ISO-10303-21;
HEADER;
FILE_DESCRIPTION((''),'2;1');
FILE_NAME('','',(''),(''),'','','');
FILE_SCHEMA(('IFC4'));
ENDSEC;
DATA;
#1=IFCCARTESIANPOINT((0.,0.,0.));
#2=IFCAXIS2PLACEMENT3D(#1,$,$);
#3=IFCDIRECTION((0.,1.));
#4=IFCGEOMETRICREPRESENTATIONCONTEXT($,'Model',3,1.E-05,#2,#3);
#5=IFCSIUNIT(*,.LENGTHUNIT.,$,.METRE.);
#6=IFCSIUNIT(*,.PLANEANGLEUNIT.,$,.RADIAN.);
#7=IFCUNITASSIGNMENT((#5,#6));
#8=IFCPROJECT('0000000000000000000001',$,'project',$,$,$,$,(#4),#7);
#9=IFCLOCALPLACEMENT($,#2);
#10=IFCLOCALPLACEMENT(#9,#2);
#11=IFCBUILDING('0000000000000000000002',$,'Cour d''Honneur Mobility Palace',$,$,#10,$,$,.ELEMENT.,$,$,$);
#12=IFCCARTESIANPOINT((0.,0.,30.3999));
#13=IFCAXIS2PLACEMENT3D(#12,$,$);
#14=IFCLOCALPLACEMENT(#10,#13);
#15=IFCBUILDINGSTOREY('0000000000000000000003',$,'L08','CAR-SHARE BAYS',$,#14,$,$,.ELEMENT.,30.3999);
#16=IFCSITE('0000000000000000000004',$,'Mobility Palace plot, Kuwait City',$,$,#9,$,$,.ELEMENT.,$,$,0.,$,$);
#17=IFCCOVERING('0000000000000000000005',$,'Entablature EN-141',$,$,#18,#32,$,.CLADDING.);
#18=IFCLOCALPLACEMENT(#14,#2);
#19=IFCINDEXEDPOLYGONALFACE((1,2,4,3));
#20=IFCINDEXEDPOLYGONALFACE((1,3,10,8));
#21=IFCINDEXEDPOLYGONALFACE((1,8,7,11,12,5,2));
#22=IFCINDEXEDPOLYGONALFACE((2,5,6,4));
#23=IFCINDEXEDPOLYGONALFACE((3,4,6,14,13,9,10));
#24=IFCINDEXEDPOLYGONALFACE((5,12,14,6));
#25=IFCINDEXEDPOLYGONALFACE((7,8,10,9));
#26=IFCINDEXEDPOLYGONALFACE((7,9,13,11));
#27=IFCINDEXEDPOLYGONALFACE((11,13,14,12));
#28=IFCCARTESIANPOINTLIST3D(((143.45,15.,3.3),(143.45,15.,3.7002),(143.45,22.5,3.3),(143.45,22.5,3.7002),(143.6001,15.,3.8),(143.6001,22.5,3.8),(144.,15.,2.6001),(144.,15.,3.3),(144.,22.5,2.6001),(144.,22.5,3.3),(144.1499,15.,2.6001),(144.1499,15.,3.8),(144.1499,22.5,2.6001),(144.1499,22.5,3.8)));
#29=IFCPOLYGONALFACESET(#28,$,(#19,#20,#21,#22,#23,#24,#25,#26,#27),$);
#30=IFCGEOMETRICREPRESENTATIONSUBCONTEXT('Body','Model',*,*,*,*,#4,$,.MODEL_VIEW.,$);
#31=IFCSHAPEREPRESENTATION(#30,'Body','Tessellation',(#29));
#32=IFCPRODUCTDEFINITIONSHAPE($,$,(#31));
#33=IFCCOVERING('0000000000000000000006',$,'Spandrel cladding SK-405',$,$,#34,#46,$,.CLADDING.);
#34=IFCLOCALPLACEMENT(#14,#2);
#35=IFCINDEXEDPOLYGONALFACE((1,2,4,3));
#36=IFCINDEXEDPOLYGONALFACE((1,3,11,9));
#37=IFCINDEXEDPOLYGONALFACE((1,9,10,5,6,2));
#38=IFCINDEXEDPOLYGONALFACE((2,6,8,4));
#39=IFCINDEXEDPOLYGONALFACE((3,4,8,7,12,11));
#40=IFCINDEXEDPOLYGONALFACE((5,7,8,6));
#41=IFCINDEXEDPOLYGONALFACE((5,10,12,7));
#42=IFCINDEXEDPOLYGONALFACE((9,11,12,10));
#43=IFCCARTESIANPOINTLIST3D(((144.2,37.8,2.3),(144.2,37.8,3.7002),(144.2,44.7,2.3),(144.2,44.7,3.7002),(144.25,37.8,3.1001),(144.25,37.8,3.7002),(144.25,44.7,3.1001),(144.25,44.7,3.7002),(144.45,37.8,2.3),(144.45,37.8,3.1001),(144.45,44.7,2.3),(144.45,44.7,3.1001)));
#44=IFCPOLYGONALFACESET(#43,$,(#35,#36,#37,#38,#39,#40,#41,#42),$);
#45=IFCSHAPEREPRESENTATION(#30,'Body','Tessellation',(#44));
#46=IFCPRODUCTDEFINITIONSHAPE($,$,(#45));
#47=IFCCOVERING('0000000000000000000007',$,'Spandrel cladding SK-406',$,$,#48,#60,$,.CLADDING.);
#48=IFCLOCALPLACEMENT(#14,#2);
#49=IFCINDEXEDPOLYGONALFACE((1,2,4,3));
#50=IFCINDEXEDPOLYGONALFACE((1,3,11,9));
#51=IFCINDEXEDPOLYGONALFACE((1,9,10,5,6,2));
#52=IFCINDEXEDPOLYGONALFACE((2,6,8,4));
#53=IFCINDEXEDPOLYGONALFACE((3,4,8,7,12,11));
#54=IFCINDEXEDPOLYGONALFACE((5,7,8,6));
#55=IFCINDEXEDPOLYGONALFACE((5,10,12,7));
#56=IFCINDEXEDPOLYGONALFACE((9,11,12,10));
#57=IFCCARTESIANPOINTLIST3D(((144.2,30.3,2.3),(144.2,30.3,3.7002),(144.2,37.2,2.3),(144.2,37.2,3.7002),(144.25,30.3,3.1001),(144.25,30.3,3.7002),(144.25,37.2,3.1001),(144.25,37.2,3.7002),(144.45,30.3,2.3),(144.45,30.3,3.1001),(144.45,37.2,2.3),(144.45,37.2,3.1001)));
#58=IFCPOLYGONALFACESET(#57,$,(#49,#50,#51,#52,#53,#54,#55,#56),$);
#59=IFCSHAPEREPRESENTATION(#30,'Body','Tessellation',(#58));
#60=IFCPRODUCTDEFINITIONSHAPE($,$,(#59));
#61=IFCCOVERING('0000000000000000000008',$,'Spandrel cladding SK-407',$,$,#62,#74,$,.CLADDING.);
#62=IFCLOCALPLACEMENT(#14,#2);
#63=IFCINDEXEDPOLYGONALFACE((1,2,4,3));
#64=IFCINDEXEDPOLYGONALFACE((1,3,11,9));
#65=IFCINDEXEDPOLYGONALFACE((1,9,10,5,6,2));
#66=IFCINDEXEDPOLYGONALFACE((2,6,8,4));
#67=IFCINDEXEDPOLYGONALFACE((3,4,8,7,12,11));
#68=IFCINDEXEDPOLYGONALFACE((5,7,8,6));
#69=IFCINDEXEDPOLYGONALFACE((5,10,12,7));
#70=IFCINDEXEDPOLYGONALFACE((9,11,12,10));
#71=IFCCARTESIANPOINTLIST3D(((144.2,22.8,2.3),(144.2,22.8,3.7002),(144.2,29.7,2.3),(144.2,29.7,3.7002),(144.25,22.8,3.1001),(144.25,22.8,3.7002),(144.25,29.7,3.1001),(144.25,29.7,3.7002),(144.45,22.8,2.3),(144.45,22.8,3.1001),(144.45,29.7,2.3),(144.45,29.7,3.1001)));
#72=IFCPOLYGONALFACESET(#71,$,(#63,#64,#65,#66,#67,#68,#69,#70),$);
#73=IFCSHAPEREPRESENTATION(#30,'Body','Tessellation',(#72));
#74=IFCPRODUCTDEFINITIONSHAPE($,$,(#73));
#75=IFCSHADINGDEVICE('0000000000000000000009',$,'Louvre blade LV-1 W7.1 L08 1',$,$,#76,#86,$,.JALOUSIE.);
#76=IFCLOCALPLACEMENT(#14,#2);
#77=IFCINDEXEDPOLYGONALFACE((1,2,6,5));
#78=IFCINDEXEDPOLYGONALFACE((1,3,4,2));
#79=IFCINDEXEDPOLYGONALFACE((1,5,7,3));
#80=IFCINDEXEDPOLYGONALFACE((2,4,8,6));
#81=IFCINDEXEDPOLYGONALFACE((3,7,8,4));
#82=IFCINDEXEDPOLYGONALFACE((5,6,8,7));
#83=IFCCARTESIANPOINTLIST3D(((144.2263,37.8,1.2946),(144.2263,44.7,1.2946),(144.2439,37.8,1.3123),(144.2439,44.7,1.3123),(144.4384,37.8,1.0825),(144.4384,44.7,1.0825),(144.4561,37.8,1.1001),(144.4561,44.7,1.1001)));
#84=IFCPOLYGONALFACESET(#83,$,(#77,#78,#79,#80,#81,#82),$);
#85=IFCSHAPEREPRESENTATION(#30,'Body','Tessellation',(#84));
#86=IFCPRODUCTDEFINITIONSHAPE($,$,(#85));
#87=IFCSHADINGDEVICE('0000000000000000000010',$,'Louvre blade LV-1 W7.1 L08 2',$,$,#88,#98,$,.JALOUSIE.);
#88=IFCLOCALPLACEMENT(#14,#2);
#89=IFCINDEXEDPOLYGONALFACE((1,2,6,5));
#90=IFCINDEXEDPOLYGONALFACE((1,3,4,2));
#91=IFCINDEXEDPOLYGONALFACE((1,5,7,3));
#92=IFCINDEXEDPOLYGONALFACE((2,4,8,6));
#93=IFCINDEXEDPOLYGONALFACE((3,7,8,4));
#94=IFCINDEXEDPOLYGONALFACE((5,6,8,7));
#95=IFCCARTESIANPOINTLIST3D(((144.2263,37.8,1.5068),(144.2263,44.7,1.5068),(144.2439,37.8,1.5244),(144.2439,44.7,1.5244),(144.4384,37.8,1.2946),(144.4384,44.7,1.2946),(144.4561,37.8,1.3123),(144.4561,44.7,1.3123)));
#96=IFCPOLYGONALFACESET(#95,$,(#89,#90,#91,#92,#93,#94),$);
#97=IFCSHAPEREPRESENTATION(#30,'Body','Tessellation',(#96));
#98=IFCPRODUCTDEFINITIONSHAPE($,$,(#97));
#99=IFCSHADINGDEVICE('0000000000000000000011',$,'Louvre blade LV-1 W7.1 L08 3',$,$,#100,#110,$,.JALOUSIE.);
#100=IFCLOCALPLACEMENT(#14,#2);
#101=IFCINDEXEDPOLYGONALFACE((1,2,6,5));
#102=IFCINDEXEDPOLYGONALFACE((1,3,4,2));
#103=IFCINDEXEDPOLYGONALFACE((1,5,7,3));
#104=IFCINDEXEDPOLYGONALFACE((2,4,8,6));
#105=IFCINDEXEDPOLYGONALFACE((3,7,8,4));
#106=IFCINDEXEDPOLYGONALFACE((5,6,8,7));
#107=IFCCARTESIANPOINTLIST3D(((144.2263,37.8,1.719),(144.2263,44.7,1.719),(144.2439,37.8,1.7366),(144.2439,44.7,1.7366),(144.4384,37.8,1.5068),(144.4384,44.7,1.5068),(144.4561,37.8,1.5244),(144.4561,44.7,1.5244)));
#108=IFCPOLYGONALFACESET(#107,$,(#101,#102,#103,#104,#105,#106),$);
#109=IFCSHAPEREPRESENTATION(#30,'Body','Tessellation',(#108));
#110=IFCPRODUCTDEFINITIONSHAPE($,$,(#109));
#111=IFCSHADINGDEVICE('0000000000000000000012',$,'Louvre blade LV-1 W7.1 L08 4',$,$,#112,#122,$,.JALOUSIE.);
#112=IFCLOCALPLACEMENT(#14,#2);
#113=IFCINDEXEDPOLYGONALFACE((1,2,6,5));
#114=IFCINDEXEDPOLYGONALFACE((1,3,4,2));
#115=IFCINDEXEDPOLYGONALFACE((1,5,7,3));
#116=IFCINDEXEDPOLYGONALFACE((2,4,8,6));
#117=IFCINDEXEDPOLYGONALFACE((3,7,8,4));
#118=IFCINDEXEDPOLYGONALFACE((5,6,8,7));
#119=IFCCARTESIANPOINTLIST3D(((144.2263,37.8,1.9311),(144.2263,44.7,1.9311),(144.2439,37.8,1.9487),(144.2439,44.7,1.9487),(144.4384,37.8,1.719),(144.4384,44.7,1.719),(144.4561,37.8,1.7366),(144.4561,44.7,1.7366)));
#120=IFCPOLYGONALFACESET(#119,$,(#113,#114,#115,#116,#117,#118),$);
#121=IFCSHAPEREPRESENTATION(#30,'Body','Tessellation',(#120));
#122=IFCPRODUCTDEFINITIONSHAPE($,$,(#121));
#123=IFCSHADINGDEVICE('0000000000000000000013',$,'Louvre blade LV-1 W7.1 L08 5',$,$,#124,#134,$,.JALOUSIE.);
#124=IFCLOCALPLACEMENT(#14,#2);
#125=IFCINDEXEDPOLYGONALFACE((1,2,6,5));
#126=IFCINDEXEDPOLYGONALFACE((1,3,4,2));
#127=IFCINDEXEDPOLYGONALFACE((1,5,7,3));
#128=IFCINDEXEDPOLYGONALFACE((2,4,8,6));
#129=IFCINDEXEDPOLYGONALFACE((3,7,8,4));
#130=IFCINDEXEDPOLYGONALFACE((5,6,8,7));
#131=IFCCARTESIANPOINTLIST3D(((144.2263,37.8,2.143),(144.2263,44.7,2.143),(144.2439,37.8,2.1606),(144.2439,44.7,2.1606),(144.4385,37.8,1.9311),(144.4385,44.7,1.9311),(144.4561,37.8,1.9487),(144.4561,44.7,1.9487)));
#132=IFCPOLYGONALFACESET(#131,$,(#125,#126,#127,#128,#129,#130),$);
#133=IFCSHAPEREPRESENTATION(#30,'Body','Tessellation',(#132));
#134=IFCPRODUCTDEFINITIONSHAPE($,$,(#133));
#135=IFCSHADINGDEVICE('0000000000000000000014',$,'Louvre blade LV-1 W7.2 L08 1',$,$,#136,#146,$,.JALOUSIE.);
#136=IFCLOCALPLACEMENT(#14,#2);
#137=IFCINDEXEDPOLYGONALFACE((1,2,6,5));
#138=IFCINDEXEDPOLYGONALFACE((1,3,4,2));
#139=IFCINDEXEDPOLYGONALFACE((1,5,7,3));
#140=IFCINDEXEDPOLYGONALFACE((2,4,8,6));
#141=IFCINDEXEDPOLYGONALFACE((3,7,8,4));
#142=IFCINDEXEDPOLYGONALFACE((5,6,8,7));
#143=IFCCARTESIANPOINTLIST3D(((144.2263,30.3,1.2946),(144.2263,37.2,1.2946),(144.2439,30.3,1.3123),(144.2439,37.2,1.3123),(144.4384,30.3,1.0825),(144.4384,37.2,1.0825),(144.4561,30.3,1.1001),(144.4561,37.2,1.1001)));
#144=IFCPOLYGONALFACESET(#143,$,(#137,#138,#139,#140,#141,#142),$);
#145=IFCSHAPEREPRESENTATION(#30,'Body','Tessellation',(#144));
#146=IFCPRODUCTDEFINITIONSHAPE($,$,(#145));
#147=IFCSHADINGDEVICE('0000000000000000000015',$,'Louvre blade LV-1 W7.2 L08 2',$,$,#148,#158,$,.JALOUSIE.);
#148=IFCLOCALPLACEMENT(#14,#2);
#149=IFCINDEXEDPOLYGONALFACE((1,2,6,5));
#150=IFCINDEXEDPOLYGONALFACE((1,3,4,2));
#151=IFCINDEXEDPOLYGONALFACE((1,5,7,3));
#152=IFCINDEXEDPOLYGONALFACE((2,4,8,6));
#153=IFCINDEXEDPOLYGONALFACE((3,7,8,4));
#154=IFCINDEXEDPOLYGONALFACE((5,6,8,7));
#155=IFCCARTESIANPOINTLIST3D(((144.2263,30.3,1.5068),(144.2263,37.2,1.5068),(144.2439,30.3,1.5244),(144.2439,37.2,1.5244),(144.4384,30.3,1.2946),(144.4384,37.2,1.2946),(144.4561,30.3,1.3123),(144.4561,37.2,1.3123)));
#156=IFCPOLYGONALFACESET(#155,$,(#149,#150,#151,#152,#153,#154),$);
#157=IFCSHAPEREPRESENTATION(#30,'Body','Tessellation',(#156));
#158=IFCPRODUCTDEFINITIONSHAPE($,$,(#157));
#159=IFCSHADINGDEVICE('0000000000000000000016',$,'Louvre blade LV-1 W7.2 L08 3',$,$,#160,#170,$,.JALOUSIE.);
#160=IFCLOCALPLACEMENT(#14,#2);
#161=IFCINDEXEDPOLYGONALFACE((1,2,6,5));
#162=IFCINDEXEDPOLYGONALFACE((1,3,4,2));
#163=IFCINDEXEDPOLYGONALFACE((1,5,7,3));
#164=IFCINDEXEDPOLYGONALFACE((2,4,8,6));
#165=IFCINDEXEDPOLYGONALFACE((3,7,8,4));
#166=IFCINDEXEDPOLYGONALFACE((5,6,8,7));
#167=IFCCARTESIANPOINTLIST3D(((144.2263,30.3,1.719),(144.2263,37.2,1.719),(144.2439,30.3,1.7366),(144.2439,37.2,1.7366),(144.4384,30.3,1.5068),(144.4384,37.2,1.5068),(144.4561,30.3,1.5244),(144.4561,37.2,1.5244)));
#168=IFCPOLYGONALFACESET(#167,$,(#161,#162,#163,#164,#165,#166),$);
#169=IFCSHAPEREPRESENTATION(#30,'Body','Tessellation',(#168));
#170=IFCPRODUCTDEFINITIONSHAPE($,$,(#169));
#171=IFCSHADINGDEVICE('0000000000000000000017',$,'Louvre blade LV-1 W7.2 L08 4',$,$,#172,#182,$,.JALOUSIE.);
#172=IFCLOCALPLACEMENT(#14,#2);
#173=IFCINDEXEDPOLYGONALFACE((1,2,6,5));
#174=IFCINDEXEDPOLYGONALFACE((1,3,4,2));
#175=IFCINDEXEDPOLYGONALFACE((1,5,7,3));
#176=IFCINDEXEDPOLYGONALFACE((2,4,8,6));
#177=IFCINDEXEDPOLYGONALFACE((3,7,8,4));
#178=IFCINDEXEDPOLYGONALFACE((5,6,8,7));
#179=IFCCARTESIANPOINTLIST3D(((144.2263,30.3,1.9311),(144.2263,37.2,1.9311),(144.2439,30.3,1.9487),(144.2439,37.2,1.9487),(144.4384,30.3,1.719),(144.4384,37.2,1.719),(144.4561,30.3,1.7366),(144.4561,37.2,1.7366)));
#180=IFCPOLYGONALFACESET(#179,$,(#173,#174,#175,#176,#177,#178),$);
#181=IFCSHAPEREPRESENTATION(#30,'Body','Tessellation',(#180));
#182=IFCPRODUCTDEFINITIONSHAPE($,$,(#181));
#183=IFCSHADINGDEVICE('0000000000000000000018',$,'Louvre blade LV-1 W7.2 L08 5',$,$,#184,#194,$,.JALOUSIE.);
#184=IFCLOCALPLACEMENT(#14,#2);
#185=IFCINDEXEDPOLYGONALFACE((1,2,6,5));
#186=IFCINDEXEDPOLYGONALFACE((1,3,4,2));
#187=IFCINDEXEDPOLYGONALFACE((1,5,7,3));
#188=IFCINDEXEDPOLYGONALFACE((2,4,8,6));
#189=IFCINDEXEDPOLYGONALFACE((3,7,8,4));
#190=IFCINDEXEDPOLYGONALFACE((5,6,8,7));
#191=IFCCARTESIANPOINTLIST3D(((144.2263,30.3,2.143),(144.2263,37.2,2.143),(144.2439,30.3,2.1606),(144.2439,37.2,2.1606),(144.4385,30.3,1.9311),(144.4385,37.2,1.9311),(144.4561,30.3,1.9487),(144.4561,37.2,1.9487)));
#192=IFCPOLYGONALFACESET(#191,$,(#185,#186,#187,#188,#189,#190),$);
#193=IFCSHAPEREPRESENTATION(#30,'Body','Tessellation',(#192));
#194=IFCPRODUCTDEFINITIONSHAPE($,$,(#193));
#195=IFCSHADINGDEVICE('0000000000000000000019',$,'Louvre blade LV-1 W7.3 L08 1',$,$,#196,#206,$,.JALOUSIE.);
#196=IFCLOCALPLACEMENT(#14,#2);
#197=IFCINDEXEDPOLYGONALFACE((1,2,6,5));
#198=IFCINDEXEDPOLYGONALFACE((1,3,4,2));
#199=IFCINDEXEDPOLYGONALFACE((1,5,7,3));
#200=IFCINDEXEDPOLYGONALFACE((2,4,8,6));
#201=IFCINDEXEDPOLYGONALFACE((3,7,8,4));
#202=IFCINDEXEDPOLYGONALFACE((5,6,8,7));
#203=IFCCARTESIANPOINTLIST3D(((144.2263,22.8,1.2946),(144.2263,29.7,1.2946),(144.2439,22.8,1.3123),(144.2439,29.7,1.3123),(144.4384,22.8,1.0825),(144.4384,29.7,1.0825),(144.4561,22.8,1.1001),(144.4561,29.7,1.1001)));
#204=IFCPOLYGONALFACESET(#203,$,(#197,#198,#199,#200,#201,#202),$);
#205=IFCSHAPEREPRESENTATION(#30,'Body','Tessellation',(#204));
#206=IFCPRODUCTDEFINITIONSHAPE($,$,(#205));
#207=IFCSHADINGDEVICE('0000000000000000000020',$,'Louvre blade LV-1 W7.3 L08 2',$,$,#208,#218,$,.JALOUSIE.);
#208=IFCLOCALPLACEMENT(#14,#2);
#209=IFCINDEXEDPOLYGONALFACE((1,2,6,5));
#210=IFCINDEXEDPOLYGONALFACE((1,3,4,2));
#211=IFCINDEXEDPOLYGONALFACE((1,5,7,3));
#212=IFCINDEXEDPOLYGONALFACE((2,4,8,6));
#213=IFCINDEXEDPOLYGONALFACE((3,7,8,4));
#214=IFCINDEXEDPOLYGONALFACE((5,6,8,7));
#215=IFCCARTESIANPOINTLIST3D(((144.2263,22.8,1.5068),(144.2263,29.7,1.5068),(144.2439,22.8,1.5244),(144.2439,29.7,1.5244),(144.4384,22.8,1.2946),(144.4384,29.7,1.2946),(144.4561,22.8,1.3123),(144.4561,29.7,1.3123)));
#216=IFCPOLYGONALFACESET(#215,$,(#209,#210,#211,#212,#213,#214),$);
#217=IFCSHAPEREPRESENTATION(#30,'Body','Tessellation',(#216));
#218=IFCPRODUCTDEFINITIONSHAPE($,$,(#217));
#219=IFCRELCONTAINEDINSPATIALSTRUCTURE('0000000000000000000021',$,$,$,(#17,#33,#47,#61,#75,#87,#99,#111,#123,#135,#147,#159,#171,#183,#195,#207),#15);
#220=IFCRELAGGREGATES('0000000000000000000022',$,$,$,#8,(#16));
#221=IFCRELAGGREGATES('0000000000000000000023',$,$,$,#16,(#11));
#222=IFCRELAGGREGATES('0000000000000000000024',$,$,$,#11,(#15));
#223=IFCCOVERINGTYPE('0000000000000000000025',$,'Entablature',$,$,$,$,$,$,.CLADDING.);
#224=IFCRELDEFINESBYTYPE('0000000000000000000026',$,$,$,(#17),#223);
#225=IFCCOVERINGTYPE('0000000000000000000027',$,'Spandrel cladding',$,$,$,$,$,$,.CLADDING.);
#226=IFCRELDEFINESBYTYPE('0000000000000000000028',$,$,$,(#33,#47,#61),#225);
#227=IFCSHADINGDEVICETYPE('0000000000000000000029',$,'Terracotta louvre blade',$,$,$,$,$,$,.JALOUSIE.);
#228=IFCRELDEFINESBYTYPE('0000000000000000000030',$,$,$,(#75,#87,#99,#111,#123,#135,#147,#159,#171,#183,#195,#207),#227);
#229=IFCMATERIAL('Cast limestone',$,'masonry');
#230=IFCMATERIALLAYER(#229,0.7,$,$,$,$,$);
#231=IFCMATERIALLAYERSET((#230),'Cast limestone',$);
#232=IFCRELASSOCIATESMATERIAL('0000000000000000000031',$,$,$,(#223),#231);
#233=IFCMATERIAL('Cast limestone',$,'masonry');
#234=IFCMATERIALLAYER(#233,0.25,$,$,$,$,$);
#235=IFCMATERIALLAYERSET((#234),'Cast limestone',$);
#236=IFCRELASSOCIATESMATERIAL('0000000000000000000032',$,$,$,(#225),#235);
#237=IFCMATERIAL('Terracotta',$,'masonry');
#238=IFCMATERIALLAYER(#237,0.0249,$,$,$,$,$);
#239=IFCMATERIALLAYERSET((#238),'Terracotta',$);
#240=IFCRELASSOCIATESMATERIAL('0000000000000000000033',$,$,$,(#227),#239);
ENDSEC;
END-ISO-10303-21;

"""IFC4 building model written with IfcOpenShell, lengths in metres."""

from ifc_helpers import new_model, si_unit, direction, frame, origin, place, context, subcontext, project, spatial, polyline, outline, extrude, material, layer, layer_set, type_object, element, save


model = new_model("IFC4")

# Units and contexts
model_context = context("Model", 3, precision=1e-05, world=origin(), true_north=direction((0.0, 1.0)))
body_context = subcontext(model_context, "Body", "Model", "MODEL_VIEW")
ifc_project = project(units=[si_unit("LENGTHUNIT", "METRE"), si_unit("PLANEANGLEUNIT", "RADIAN")], contexts=[model_context])

# Site, building, storey
site_placement = place(None, origin())
site = spatial("IfcSite", under=ifc_project, at=site_placement, Name="Mobility Palace plot, Kuwait City", CompositionType="ELEMENT", RefElevation=0.0)
building_placement = place(site_placement, origin())
building = spatial("IfcBuilding", under=site, at=building_placement, Name="Cour d'Honneur Mobility Palace", CompositionType="ELEMENT")
storey_placement = place(building_placement, frame((0.0, 0.0, 30.3999)))
storey = spatial("IfcBuildingStorey", under=building, at=storey_placement, Name="L08", Description="CAR-SHARE BAYS", CompositionType="ELEMENT", Elevation=30.3999)

# Coverings
ifc_material_1 = material(Name="Cast limestone", Category="masonry")
ifc_layer_1 = layer(ifc_material_1, 0.7)
ifc_layer_set_1 = layer_set([ifc_layer_1], Name="Cast limestone")
covering_type_1 = type_object("IfcCoveringType", Name="Entablature", PredefinedType="CLADDING", material=ifc_layer_set_1)
covering_placement = place(storey_placement, frame((144.1499, 22.5, 2.6001), z_axis=(0.0, 1.0, 0.0), x_axis=(-1.0, 0.0, 0.0)))
element("IfcCovering", 1, at=covering_placement, inside=storey, type_object=covering_type_1, Name="Entablature EN-141", PredefinedType="CLADDING", context=body_context, shape_type="SweptSolid", body=[
    extrude(outline(polyline([(0.0, 0.0), (0.1499, 0.0), (0.1499, 0.7), (0.7, 0.7), (0.7, 1.1001), (0.5498, 1.2), (0.0, 1.2), (0.0, 0.0)])), origin(), (0.0, 0.0, -1.0), 7.5),
])
ifc_material_2 = material(Name="Cast limestone", Category="masonry")
ifc_layer_2 = layer(ifc_material_2, 0.25)
ifc_layer_set_2 = layer_set([ifc_layer_2], Name="Cast limestone")
covering_type_2 = type_object("IfcCoveringType", Name="Spandrel cladding", PredefinedType="CLADDING", material=ifc_layer_set_2)
for number, where, z_axis, x_axis, name in (
    (2, (144.45, 44.7, 2.3), (0.0, 1.0, 0.0), (-1.0, 0.0, 0.0), "Spandrel cladding SK-405"),
    (3, (144.45, 37.2, 2.3), (0.0, 1.0, 0.0), (-1.0, 0.0, 0.0), "Spandrel cladding SK-406"),
    (4, (144.45, 29.7, 2.3), (0.0, 1.0, 0.0), (-1.0, 0.0, 0.0), "Spandrel cladding SK-407"),
):
    element("IfcCovering", number, at=place(storey_placement, frame(where, z_axis=z_axis, x_axis=x_axis)), inside=storey, type_object=covering_type_2, Name=name, PredefinedType="CLADDING", context=body_context, shape_type="SweptSolid", body=[
        extrude(outline(polyline([(0.0, 0.0), (0.25, 0.0), (0.25, 1.4001), (0.2, 1.4001), (0.2, 0.8), (0.0, 0.8), (0.0, 0.0)])), origin(), (0.0, 0.0, -1.0), 6.8999),
    ])

# Shading devices
ifc_material_3 = material(Name="Terracotta", Category="masonry")
ifc_layer_3 = layer(ifc_material_3, 0.0249)
ifc_layer_set_3 = layer_set([ifc_layer_3], Name="Terracotta")
shading_device_type = type_object("IfcShadingDeviceType", Name="Terracotta louvre blade", PredefinedType="JALOUSIE", material=ifc_layer_set_3)
for number, where, z_axis, x_axis, name in (
    (5, (144.4561, 44.7, 1.1001), (0.707107, 0.0, 0.707107), (0.0, -1.0, 0.0), "Louvre blade LV-1 W7.1 L08 1"),
    (6, (144.4561, 44.7, 1.3123), (0.707107, 0.0, 0.707107), (0.0, -1.0, 0.0), "Louvre blade LV-1 W7.1 L08 2"),
    (7, (144.4561, 44.7, 1.5244), (0.707107, 0.0, 0.707107), (0.0, -1.0, 0.0), "Louvre blade LV-1 W7.1 L08 3"),
    (8, (144.4561, 44.7, 1.7366), (0.707107, 0.0, 0.707107), (0.0, -1.0, 0.0), "Louvre blade LV-1 W7.1 L08 4"),
):
    element("IfcShadingDevice", number, at=place(storey_placement, frame(where, z_axis=z_axis, x_axis=x_axis)), inside=storey, type_object=shading_device_type, Name=name, PredefinedType="JALOUSIE", context=body_context, shape_type="SweptSolid", body=[
        extrude(outline(polyline([(0.0, 0.0), (6.8999, 0.0), (6.8999, -0.3), (0.0, -0.3), (0.0, 0.0)])), origin(), (0.0, 0.0, -1.0), 0.0249),
    ])
shading_device_1_placement = place(storey_placement, frame((144.4561, 44.7, 1.9487), z_axis=(0.7067, 0.0, 0.707514), x_axis=(0.0, -1.0, 0.0)))
element("IfcShadingDevice", 9, at=shading_device_1_placement, inside=storey, type_object=shading_device_type, Name="Louvre blade LV-1 W7.1 L08 5", PredefinedType="JALOUSIE", context=body_context, shape_type="SweptSolid", body=[
    extrude(outline(polyline([(0.0, 0.0), (6.8999, 0.0), (6.8999, -0.2999), (0.0, -0.2999), (0.0, 0.0)])), origin(), (0.0, 0.0, -1.0), 0.0249),
])
for number, where, z_axis, x_axis, name in (
    (10, (144.4561, 37.2, 1.1001), (0.707107, 0.0, 0.707107), (0.0, -1.0, 0.0), "Louvre blade LV-1 W7.2 L08 1"),
    (11, (144.4561, 37.2, 1.3123), (0.707107, 0.0, 0.707107), (0.0, -1.0, 0.0), "Louvre blade LV-1 W7.2 L08 2"),
    (12, (144.4561, 37.2, 1.5244), (0.707107, 0.0, 0.707107), (0.0, -1.0, 0.0), "Louvre blade LV-1 W7.2 L08 3"),
    (13, (144.4561, 37.2, 1.7366), (0.707107, 0.0, 0.707107), (0.0, -1.0, 0.0), "Louvre blade LV-1 W7.2 L08 4"),
):
    element("IfcShadingDevice", number, at=place(storey_placement, frame(where, z_axis=z_axis, x_axis=x_axis)), inside=storey, type_object=shading_device_type, Name=name, PredefinedType="JALOUSIE", context=body_context, shape_type="SweptSolid", body=[
        extrude(outline(polyline([(0.0, 0.0), (6.8999, 0.0), (6.8999, -0.3), (0.0, -0.3), (0.0, 0.0)])), origin(), (0.0, 0.0, -1.0), 0.0249),
    ])
shading_device_2_placement = place(storey_placement, frame((144.4561, 37.2, 1.9487), z_axis=(0.7067, 0.0, 0.707514), x_axis=(0.0, -1.0, 0.0)))
element("IfcShadingDevice", 14, at=shading_device_2_placement, inside=storey, type_object=shading_device_type, Name="Louvre blade LV-1 W7.2 L08 5", PredefinedType="JALOUSIE", context=body_context, shape_type="SweptSolid", body=[
    extrude(outline(polyline([(0.0, 0.0), (6.8999, 0.0), (6.8999, -0.2999), (0.0, -0.2999), (0.0, 0.0)])), origin(), (0.0, 0.0, -1.0), 0.0249),
])
for number, where, z_axis, x_axis, name in (
    (15, (144.4561, 29.7, 1.1001), (0.707107, 0.0, 0.707107), (0.0, -1.0, 0.0), "Louvre blade LV-1 W7.3 L08 1"),
    (16, (144.4561, 29.7, 1.3123), (0.707107, 0.0, 0.707107), (0.0, -1.0, 0.0), "Louvre blade LV-1 W7.3 L08 2"),
):
    element("IfcShadingDevice", number, at=place(storey_placement, frame(where, z_axis=z_axis, x_axis=x_axis)), inside=storey, type_object=shading_device_type, Name=name, PredefinedType="JALOUSIE", context=body_context, shape_type="SweptSolid", body=[
        extrude(outline(polyline([(0.0, 0.0), (6.8999, 0.0), (6.8999, -0.3), (0.0, -0.3), (0.0, 0.0)])), origin(), (0.0, 0.0, -1.0), 0.0249),
    ])

save(model, "model.ifc")
